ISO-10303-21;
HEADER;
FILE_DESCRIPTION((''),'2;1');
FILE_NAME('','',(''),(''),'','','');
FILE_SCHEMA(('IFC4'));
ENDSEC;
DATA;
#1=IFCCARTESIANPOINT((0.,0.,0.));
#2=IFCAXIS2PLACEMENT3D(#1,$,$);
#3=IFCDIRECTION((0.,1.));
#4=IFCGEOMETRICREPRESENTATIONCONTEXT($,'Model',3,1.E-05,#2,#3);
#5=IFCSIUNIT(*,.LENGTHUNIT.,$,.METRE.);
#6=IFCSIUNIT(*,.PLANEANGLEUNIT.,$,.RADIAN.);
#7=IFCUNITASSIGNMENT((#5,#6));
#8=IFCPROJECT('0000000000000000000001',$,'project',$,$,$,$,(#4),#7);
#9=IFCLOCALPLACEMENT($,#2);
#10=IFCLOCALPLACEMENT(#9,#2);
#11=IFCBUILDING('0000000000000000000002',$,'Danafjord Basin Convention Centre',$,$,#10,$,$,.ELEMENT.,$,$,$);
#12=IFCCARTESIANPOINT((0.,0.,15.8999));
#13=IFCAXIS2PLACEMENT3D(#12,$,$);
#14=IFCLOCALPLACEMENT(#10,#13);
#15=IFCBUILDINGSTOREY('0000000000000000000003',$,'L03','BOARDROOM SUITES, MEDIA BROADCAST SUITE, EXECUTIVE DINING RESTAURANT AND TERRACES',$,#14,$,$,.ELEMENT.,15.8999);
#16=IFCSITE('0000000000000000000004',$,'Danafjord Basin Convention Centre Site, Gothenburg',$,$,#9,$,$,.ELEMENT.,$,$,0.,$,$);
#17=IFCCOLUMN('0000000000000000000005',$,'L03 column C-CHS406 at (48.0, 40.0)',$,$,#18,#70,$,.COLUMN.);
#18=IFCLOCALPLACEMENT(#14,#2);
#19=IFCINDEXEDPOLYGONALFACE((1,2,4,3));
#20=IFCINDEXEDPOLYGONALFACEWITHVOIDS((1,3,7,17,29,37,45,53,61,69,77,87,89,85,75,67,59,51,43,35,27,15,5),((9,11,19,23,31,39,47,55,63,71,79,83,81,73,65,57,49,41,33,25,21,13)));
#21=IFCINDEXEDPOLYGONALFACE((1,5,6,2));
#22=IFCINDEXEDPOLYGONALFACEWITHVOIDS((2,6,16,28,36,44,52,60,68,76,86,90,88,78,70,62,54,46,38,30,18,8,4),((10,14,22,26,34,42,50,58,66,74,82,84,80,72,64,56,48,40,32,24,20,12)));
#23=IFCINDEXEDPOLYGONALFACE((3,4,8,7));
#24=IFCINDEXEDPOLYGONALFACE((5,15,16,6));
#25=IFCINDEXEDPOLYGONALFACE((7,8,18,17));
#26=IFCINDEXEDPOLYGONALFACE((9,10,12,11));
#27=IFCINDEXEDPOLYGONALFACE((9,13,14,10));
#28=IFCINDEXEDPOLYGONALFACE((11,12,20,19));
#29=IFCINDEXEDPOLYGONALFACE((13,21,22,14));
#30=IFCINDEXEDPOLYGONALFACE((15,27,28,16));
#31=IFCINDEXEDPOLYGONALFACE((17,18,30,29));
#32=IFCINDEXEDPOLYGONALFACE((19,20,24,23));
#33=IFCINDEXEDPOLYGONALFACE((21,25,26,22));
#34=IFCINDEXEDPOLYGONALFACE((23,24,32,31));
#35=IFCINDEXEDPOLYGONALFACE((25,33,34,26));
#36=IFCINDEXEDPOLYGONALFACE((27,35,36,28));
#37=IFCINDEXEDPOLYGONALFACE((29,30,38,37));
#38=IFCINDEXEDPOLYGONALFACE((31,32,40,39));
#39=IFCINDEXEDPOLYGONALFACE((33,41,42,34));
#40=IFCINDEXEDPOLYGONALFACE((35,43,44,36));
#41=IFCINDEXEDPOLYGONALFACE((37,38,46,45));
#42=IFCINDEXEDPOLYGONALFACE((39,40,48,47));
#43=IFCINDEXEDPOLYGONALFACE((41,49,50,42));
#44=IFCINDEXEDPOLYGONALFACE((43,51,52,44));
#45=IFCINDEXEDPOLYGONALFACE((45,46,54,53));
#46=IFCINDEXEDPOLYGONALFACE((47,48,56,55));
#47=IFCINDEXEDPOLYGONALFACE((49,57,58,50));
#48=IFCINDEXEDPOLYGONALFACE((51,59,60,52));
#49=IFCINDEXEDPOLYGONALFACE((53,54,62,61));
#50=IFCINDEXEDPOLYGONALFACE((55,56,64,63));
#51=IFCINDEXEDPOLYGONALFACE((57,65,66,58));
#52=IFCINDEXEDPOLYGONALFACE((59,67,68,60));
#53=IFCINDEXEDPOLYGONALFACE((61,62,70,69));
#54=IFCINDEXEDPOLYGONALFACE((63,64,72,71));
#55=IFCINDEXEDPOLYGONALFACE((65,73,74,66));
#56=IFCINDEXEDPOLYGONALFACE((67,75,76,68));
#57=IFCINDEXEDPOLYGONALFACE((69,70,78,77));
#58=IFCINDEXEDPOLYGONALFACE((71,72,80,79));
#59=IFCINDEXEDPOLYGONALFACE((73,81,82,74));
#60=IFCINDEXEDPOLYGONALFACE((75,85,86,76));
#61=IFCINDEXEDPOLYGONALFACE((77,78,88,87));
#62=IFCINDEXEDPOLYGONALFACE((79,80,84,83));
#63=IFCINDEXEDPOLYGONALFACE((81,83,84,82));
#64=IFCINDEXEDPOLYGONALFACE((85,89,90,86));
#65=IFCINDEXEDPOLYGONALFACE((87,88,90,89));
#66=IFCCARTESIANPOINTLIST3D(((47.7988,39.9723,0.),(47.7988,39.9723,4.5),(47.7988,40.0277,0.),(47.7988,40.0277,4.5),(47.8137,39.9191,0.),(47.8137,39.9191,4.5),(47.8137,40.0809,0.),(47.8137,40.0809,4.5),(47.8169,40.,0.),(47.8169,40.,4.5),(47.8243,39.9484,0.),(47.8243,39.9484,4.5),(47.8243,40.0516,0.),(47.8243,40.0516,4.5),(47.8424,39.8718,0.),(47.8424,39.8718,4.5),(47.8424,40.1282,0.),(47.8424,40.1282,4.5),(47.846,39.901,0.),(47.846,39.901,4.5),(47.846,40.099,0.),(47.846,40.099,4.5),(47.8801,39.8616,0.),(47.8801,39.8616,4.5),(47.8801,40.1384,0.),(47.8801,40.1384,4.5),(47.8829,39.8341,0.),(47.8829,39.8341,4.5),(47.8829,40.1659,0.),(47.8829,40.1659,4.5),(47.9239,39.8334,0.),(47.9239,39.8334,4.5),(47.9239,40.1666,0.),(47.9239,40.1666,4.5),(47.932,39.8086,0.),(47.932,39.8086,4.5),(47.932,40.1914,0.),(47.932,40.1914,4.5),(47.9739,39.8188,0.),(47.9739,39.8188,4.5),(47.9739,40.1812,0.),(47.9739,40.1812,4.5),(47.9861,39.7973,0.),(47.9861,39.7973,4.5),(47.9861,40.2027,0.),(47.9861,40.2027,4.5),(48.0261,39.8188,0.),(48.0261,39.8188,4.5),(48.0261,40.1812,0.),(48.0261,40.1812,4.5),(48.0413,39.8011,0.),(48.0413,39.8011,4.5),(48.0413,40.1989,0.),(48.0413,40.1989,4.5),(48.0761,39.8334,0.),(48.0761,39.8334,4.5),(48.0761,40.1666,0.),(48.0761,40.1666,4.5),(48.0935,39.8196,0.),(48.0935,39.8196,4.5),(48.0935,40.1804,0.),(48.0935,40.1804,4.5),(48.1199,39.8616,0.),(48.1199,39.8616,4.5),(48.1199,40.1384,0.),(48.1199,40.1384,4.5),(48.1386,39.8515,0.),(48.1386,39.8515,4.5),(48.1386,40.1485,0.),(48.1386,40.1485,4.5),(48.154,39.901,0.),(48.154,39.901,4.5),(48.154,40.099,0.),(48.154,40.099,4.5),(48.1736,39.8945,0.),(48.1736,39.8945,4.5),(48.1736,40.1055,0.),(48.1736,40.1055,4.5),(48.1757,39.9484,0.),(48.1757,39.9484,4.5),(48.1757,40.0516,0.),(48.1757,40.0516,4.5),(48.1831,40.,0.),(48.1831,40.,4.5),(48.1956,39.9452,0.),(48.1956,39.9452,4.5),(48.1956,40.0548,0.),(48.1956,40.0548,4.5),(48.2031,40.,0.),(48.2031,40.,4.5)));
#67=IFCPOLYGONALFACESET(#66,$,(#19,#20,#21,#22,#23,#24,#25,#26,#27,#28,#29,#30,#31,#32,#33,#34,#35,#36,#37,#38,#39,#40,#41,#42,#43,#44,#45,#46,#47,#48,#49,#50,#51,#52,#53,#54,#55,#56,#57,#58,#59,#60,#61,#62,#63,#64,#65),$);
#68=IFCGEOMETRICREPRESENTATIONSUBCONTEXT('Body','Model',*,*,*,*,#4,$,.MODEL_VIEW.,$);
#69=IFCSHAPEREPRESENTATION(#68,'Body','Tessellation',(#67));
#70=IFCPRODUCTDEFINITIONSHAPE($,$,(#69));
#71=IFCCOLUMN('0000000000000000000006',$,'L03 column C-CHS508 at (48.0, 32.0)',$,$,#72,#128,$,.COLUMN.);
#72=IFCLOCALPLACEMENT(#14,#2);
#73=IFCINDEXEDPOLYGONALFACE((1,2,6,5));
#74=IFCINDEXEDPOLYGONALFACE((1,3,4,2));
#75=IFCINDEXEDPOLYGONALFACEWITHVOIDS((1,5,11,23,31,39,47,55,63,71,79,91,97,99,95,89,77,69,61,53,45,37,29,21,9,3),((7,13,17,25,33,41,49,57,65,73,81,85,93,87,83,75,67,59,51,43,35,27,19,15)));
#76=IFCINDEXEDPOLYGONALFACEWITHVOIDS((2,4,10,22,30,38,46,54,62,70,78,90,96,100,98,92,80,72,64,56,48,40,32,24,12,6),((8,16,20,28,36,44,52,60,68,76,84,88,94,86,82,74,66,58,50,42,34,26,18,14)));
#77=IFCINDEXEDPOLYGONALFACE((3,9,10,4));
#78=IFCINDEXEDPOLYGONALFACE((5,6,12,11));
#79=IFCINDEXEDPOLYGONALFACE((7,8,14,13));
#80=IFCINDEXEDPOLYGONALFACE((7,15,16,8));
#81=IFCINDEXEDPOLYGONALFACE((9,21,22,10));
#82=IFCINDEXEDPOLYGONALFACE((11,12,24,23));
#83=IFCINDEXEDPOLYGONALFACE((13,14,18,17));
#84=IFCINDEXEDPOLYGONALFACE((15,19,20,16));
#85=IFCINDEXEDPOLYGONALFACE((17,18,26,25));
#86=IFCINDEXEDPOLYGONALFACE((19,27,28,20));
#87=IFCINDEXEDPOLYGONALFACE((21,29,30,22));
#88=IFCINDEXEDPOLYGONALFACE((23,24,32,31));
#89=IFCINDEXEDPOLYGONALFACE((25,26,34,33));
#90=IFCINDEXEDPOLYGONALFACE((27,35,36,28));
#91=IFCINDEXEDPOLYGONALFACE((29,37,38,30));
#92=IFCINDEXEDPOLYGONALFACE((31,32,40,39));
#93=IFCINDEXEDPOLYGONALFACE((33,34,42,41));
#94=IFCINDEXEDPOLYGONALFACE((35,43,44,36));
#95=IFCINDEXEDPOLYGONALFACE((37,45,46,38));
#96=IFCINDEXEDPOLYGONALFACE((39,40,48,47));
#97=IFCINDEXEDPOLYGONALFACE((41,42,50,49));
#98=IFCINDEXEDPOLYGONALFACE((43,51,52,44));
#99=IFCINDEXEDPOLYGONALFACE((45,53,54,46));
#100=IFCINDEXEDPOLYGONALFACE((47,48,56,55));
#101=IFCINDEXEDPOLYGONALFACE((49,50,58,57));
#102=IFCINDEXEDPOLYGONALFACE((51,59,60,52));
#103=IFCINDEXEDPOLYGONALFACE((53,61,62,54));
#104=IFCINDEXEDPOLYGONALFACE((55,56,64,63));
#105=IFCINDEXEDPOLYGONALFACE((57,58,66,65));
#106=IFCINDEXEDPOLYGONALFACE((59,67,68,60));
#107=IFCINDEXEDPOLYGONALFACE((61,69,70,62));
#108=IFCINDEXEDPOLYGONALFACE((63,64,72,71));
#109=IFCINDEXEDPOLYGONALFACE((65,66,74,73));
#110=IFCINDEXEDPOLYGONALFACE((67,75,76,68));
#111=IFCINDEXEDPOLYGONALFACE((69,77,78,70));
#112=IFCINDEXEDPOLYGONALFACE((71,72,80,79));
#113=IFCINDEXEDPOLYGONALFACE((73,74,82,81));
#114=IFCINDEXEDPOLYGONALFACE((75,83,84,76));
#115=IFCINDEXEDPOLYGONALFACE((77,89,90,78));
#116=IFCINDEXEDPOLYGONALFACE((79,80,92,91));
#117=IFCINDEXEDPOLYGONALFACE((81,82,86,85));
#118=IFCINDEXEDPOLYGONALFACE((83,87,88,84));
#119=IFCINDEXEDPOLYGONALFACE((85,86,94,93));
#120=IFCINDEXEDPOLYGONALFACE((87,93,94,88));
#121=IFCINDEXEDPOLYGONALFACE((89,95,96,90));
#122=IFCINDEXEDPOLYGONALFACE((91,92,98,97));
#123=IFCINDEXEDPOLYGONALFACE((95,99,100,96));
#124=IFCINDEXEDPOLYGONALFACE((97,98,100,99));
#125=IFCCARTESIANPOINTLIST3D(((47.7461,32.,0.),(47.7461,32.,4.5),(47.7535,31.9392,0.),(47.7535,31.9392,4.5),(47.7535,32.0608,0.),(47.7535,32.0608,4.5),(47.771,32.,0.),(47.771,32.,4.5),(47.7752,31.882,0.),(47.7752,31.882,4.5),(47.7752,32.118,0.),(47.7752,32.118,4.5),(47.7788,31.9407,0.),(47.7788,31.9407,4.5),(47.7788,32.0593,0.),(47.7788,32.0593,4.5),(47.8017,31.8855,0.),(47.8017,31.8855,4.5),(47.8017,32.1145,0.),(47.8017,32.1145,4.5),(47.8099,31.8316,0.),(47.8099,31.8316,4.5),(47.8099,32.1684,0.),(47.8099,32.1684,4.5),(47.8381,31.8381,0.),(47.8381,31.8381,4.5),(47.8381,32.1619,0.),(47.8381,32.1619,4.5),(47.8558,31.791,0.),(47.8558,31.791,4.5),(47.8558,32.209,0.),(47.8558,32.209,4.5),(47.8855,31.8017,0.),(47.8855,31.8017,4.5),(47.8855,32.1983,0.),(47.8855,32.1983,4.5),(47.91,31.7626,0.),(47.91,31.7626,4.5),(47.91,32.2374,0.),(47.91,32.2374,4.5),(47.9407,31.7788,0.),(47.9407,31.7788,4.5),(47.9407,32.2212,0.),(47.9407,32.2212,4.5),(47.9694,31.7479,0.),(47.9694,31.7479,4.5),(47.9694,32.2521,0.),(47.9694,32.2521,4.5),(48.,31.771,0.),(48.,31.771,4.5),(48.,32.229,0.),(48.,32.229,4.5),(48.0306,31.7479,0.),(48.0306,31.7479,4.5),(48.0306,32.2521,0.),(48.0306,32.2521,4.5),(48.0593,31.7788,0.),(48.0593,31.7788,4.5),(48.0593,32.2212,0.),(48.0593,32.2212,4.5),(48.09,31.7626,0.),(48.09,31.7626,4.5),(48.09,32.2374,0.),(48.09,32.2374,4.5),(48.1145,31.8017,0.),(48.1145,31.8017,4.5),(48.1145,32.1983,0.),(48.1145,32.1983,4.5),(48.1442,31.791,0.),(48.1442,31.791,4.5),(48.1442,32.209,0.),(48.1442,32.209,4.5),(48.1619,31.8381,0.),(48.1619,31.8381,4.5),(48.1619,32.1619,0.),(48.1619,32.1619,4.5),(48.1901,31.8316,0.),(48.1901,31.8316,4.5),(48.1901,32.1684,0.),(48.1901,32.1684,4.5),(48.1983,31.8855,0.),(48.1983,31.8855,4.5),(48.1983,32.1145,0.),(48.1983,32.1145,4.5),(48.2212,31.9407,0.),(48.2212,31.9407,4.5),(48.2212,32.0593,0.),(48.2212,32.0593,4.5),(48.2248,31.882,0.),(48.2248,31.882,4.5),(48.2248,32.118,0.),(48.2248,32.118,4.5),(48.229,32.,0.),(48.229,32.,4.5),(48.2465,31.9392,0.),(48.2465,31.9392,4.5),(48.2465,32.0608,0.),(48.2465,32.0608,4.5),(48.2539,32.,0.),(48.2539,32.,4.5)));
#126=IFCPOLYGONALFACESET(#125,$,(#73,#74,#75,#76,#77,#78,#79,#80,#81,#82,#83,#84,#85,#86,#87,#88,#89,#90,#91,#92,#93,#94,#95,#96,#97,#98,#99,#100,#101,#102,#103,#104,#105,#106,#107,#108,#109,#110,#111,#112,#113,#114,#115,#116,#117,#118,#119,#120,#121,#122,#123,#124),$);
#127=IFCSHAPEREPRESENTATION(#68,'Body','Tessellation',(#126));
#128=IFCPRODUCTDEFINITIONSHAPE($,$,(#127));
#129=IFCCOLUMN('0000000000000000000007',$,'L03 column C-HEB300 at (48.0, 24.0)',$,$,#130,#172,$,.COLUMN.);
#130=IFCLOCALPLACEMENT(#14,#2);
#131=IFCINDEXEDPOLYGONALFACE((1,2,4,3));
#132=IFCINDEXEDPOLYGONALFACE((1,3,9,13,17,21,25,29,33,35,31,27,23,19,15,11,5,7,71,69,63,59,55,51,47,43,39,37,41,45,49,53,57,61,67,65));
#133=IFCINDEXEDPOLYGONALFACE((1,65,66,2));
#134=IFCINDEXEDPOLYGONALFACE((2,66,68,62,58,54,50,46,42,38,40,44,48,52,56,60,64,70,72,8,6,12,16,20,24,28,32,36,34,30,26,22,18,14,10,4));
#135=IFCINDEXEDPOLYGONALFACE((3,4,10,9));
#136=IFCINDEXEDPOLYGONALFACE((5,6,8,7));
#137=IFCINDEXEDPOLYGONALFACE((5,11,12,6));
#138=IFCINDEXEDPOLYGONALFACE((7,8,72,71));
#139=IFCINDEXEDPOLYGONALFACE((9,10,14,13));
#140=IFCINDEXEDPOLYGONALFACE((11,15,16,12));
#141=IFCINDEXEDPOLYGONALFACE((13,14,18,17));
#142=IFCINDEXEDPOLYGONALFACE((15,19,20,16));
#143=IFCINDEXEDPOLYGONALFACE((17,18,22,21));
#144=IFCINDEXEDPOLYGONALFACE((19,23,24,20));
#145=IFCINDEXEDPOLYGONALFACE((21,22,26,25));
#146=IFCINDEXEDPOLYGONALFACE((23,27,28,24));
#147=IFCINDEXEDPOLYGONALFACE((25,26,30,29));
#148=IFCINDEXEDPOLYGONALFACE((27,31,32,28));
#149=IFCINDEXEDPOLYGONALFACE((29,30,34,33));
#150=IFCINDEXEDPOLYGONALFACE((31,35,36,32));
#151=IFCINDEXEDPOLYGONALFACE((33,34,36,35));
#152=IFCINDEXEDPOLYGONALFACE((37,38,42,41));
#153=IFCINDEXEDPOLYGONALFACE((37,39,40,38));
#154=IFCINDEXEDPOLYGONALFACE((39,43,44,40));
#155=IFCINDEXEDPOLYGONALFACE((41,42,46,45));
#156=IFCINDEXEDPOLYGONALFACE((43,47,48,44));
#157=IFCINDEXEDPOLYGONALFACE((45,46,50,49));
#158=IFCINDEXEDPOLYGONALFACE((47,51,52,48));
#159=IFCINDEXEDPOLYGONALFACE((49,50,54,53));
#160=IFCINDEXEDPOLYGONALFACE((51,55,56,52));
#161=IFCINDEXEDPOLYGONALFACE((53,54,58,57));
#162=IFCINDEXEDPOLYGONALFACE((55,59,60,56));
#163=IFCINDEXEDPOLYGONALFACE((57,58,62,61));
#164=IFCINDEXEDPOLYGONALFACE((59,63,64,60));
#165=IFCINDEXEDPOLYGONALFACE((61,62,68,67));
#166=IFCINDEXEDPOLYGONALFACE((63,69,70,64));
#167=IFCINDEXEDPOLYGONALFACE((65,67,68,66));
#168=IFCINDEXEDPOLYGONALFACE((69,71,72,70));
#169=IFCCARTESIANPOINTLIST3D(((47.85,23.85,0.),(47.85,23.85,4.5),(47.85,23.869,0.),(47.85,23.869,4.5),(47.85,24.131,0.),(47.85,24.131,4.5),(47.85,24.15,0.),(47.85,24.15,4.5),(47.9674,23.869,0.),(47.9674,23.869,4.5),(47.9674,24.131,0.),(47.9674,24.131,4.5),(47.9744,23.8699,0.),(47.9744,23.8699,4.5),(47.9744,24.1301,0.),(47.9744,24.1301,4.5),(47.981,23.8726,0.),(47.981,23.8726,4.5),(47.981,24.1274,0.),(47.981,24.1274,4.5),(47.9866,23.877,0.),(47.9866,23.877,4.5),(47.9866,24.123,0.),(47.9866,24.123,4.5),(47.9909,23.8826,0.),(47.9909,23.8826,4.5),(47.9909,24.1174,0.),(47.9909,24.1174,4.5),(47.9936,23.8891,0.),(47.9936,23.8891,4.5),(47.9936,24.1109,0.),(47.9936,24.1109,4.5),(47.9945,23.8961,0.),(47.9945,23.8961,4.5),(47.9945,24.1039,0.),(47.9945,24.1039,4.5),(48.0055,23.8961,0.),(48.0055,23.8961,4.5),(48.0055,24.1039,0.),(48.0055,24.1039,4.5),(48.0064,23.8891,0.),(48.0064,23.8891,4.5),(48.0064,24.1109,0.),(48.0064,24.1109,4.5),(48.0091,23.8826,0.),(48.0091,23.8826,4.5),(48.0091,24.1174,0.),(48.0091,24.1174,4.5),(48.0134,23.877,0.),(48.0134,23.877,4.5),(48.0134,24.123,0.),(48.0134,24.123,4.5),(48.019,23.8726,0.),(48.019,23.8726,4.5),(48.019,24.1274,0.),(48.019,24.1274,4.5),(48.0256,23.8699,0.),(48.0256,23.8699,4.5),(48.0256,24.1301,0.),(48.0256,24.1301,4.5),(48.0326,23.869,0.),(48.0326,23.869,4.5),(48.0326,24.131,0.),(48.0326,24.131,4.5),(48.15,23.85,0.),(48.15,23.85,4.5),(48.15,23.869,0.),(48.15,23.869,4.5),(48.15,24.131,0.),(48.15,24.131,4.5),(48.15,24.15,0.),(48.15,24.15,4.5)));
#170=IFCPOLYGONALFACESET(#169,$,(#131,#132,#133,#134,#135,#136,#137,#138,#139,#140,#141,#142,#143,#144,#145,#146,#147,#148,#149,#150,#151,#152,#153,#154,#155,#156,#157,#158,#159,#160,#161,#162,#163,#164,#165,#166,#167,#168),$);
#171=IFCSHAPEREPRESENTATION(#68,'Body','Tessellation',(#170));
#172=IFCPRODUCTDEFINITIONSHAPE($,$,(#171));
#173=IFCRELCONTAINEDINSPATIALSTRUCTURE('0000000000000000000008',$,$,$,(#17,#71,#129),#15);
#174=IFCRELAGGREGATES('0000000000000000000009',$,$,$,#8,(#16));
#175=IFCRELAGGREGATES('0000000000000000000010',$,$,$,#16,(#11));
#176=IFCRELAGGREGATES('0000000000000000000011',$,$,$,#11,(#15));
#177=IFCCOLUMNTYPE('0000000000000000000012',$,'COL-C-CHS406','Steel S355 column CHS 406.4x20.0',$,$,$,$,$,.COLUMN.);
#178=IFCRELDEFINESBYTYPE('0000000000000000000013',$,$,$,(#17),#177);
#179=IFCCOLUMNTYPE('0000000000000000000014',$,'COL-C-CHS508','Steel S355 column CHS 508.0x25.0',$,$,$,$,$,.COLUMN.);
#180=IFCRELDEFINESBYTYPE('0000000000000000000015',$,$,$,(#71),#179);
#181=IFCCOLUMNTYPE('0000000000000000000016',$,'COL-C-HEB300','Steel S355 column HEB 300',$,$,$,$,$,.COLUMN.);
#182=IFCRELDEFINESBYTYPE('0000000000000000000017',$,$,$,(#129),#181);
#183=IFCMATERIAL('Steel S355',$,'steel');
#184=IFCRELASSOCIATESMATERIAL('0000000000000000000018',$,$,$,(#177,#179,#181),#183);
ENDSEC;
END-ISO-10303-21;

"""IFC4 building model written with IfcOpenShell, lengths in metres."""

from ifc_helpers import new_model, si_unit, direction, frame, origin, origin_2d, place, context, subcontext, project, spatial, hollow_circle, i_section, extrude, material, material_profile, profile_set, type_object, element, save


model = new_model("IFC4")

# Units and contexts
model_context = context("Model", 3, precision=1e-05, world=origin(), true_north=direction((0.0, 1.0)))
body_context = subcontext(model_context, "Body", "Model", "MODEL_VIEW")
ifc_project = project(units=[si_unit("LENGTHUNIT", "METRE"), si_unit("PLANEANGLEUNIT", "RADIAN")], contexts=[model_context])

# Site, building, storey
site_placement = place(None, origin())
site = spatial("IfcSite", under=ifc_project, at=site_placement, Name="Danafjord Basin Convention Centre Site, Gothenburg", CompositionType="ELEMENT", RefElevation=0.0)
building_placement = place(site_placement, origin())
building = spatial("IfcBuilding", under=site, at=building_placement, Name="Danafjord Basin Convention Centre", CompositionType="ELEMENT")
storey_placement = place(building_placement, frame((0.0, 0.0, 15.8999)))
storey = spatial("IfcBuildingStorey", under=building, at=storey_placement, Name="L03", Description="BOARDROOM SUITES, MEDIA BROADCAST SUITE, EXECUTIVE DINING RESTAURANT AND TERRACES", CompositionType="ELEMENT", Elevation=15.8999)

# Columns
ifc_material_1 = material(Name="Steel S355", Category="steel")
ifc_material_profile_1 = material_profile(ifc_material_1, hollow_circle(Radius=0.2031, WallThickness=0.02, at=origin_2d()), Name="CHS 406.4x20.0")
ifc_profile_set_1 = profile_set([ifc_material_profile_1], Name="Steel S355")
column_type_1 = type_object("IfcColumnType", Name="COL-C-CHS406", Description="Steel S355 column CHS 406.4x20.0", PredefinedType="COLUMN", material=ifc_profile_set_1)
column_1_placement = place(storey_placement, frame((48.0, 40.0, 0.0), z_axis=(0.0, 0.0, 1.0), x_axis=(1.0, 0.0, 0.0)))
element("IfcColumn", 1, at=column_1_placement, inside=storey, type_object=column_type_1, Name="L03 column C-CHS406 at (48.0, 40.0)", PredefinedType="COLUMN", context=body_context, shape_type="SweptSolid", body=[
    extrude(hollow_circle(Radius=0.2031, WallThickness=0.02, at=origin_2d()), origin(), (0.0, 0.0, 1.0), 4.5),
])
ifc_material_profile_2 = material_profile(ifc_material_1, hollow_circle(Radius=0.2539, WallThickness=0.0249, at=origin_2d()), Name="CHS 508.0x25.0")
ifc_profile_set_2 = profile_set([ifc_material_profile_2], Name="Steel S355")
column_type_2 = type_object("IfcColumnType", Name="COL-C-CHS508", Description="Steel S355 column CHS 508.0x25.0", PredefinedType="COLUMN", material=ifc_profile_set_2)
column_2_placement = place(storey_placement, frame((48.0, 32.0, 0.0), z_axis=(0.0, 0.0, 1.0), x_axis=(1.0, 0.0, 0.0)))
element("IfcColumn", 2, at=column_2_placement, inside=storey, type_object=column_type_2, Name="L03 column C-CHS508 at (48.0, 32.0)", PredefinedType="COLUMN", context=body_context, shape_type="SweptSolid", body=[
    extrude(hollow_circle(Radius=0.2539, WallThickness=0.0249, at=origin_2d()), origin(), (0.0, 0.0, 1.0), 4.5),
])
ifc_material_profile_3 = material_profile(ifc_material_1, i_section(OverallWidth=0.3, OverallDepth=0.3, WebThickness=0.011, FlangeThickness=0.019, FilletRadius=0.0271, at=origin_2d()), Name="HEB 300")
ifc_profile_set_3 = profile_set([ifc_material_profile_3], Name="Steel S355")
column_type_3 = type_object("IfcColumnType", Name="COL-C-HEB300", Description="Steel S355 column HEB 300", PredefinedType="COLUMN", material=ifc_profile_set_3)
column_3_placement = place(storey_placement, frame((48.0, 24.0, 0.0), z_axis=(0.0, 0.0, 1.0), x_axis=(1.0, 0.0, 0.0)))
element("IfcColumn", 3, at=column_3_placement, inside=storey, type_object=column_type_3, Name="L03 column C-HEB300 at (48.0, 24.0)", PredefinedType="COLUMN", context=body_context, shape_type="SweptSolid", body=[
    extrude(i_section(OverallWidth=0.3, OverallDepth=0.3, WebThickness=0.011, FlangeThickness=0.019, FilletRadius=0.0271, at=origin_2d()), origin(), (0.0, 0.0, 1.0), 4.5),
])

save(model, "model.ifc")
